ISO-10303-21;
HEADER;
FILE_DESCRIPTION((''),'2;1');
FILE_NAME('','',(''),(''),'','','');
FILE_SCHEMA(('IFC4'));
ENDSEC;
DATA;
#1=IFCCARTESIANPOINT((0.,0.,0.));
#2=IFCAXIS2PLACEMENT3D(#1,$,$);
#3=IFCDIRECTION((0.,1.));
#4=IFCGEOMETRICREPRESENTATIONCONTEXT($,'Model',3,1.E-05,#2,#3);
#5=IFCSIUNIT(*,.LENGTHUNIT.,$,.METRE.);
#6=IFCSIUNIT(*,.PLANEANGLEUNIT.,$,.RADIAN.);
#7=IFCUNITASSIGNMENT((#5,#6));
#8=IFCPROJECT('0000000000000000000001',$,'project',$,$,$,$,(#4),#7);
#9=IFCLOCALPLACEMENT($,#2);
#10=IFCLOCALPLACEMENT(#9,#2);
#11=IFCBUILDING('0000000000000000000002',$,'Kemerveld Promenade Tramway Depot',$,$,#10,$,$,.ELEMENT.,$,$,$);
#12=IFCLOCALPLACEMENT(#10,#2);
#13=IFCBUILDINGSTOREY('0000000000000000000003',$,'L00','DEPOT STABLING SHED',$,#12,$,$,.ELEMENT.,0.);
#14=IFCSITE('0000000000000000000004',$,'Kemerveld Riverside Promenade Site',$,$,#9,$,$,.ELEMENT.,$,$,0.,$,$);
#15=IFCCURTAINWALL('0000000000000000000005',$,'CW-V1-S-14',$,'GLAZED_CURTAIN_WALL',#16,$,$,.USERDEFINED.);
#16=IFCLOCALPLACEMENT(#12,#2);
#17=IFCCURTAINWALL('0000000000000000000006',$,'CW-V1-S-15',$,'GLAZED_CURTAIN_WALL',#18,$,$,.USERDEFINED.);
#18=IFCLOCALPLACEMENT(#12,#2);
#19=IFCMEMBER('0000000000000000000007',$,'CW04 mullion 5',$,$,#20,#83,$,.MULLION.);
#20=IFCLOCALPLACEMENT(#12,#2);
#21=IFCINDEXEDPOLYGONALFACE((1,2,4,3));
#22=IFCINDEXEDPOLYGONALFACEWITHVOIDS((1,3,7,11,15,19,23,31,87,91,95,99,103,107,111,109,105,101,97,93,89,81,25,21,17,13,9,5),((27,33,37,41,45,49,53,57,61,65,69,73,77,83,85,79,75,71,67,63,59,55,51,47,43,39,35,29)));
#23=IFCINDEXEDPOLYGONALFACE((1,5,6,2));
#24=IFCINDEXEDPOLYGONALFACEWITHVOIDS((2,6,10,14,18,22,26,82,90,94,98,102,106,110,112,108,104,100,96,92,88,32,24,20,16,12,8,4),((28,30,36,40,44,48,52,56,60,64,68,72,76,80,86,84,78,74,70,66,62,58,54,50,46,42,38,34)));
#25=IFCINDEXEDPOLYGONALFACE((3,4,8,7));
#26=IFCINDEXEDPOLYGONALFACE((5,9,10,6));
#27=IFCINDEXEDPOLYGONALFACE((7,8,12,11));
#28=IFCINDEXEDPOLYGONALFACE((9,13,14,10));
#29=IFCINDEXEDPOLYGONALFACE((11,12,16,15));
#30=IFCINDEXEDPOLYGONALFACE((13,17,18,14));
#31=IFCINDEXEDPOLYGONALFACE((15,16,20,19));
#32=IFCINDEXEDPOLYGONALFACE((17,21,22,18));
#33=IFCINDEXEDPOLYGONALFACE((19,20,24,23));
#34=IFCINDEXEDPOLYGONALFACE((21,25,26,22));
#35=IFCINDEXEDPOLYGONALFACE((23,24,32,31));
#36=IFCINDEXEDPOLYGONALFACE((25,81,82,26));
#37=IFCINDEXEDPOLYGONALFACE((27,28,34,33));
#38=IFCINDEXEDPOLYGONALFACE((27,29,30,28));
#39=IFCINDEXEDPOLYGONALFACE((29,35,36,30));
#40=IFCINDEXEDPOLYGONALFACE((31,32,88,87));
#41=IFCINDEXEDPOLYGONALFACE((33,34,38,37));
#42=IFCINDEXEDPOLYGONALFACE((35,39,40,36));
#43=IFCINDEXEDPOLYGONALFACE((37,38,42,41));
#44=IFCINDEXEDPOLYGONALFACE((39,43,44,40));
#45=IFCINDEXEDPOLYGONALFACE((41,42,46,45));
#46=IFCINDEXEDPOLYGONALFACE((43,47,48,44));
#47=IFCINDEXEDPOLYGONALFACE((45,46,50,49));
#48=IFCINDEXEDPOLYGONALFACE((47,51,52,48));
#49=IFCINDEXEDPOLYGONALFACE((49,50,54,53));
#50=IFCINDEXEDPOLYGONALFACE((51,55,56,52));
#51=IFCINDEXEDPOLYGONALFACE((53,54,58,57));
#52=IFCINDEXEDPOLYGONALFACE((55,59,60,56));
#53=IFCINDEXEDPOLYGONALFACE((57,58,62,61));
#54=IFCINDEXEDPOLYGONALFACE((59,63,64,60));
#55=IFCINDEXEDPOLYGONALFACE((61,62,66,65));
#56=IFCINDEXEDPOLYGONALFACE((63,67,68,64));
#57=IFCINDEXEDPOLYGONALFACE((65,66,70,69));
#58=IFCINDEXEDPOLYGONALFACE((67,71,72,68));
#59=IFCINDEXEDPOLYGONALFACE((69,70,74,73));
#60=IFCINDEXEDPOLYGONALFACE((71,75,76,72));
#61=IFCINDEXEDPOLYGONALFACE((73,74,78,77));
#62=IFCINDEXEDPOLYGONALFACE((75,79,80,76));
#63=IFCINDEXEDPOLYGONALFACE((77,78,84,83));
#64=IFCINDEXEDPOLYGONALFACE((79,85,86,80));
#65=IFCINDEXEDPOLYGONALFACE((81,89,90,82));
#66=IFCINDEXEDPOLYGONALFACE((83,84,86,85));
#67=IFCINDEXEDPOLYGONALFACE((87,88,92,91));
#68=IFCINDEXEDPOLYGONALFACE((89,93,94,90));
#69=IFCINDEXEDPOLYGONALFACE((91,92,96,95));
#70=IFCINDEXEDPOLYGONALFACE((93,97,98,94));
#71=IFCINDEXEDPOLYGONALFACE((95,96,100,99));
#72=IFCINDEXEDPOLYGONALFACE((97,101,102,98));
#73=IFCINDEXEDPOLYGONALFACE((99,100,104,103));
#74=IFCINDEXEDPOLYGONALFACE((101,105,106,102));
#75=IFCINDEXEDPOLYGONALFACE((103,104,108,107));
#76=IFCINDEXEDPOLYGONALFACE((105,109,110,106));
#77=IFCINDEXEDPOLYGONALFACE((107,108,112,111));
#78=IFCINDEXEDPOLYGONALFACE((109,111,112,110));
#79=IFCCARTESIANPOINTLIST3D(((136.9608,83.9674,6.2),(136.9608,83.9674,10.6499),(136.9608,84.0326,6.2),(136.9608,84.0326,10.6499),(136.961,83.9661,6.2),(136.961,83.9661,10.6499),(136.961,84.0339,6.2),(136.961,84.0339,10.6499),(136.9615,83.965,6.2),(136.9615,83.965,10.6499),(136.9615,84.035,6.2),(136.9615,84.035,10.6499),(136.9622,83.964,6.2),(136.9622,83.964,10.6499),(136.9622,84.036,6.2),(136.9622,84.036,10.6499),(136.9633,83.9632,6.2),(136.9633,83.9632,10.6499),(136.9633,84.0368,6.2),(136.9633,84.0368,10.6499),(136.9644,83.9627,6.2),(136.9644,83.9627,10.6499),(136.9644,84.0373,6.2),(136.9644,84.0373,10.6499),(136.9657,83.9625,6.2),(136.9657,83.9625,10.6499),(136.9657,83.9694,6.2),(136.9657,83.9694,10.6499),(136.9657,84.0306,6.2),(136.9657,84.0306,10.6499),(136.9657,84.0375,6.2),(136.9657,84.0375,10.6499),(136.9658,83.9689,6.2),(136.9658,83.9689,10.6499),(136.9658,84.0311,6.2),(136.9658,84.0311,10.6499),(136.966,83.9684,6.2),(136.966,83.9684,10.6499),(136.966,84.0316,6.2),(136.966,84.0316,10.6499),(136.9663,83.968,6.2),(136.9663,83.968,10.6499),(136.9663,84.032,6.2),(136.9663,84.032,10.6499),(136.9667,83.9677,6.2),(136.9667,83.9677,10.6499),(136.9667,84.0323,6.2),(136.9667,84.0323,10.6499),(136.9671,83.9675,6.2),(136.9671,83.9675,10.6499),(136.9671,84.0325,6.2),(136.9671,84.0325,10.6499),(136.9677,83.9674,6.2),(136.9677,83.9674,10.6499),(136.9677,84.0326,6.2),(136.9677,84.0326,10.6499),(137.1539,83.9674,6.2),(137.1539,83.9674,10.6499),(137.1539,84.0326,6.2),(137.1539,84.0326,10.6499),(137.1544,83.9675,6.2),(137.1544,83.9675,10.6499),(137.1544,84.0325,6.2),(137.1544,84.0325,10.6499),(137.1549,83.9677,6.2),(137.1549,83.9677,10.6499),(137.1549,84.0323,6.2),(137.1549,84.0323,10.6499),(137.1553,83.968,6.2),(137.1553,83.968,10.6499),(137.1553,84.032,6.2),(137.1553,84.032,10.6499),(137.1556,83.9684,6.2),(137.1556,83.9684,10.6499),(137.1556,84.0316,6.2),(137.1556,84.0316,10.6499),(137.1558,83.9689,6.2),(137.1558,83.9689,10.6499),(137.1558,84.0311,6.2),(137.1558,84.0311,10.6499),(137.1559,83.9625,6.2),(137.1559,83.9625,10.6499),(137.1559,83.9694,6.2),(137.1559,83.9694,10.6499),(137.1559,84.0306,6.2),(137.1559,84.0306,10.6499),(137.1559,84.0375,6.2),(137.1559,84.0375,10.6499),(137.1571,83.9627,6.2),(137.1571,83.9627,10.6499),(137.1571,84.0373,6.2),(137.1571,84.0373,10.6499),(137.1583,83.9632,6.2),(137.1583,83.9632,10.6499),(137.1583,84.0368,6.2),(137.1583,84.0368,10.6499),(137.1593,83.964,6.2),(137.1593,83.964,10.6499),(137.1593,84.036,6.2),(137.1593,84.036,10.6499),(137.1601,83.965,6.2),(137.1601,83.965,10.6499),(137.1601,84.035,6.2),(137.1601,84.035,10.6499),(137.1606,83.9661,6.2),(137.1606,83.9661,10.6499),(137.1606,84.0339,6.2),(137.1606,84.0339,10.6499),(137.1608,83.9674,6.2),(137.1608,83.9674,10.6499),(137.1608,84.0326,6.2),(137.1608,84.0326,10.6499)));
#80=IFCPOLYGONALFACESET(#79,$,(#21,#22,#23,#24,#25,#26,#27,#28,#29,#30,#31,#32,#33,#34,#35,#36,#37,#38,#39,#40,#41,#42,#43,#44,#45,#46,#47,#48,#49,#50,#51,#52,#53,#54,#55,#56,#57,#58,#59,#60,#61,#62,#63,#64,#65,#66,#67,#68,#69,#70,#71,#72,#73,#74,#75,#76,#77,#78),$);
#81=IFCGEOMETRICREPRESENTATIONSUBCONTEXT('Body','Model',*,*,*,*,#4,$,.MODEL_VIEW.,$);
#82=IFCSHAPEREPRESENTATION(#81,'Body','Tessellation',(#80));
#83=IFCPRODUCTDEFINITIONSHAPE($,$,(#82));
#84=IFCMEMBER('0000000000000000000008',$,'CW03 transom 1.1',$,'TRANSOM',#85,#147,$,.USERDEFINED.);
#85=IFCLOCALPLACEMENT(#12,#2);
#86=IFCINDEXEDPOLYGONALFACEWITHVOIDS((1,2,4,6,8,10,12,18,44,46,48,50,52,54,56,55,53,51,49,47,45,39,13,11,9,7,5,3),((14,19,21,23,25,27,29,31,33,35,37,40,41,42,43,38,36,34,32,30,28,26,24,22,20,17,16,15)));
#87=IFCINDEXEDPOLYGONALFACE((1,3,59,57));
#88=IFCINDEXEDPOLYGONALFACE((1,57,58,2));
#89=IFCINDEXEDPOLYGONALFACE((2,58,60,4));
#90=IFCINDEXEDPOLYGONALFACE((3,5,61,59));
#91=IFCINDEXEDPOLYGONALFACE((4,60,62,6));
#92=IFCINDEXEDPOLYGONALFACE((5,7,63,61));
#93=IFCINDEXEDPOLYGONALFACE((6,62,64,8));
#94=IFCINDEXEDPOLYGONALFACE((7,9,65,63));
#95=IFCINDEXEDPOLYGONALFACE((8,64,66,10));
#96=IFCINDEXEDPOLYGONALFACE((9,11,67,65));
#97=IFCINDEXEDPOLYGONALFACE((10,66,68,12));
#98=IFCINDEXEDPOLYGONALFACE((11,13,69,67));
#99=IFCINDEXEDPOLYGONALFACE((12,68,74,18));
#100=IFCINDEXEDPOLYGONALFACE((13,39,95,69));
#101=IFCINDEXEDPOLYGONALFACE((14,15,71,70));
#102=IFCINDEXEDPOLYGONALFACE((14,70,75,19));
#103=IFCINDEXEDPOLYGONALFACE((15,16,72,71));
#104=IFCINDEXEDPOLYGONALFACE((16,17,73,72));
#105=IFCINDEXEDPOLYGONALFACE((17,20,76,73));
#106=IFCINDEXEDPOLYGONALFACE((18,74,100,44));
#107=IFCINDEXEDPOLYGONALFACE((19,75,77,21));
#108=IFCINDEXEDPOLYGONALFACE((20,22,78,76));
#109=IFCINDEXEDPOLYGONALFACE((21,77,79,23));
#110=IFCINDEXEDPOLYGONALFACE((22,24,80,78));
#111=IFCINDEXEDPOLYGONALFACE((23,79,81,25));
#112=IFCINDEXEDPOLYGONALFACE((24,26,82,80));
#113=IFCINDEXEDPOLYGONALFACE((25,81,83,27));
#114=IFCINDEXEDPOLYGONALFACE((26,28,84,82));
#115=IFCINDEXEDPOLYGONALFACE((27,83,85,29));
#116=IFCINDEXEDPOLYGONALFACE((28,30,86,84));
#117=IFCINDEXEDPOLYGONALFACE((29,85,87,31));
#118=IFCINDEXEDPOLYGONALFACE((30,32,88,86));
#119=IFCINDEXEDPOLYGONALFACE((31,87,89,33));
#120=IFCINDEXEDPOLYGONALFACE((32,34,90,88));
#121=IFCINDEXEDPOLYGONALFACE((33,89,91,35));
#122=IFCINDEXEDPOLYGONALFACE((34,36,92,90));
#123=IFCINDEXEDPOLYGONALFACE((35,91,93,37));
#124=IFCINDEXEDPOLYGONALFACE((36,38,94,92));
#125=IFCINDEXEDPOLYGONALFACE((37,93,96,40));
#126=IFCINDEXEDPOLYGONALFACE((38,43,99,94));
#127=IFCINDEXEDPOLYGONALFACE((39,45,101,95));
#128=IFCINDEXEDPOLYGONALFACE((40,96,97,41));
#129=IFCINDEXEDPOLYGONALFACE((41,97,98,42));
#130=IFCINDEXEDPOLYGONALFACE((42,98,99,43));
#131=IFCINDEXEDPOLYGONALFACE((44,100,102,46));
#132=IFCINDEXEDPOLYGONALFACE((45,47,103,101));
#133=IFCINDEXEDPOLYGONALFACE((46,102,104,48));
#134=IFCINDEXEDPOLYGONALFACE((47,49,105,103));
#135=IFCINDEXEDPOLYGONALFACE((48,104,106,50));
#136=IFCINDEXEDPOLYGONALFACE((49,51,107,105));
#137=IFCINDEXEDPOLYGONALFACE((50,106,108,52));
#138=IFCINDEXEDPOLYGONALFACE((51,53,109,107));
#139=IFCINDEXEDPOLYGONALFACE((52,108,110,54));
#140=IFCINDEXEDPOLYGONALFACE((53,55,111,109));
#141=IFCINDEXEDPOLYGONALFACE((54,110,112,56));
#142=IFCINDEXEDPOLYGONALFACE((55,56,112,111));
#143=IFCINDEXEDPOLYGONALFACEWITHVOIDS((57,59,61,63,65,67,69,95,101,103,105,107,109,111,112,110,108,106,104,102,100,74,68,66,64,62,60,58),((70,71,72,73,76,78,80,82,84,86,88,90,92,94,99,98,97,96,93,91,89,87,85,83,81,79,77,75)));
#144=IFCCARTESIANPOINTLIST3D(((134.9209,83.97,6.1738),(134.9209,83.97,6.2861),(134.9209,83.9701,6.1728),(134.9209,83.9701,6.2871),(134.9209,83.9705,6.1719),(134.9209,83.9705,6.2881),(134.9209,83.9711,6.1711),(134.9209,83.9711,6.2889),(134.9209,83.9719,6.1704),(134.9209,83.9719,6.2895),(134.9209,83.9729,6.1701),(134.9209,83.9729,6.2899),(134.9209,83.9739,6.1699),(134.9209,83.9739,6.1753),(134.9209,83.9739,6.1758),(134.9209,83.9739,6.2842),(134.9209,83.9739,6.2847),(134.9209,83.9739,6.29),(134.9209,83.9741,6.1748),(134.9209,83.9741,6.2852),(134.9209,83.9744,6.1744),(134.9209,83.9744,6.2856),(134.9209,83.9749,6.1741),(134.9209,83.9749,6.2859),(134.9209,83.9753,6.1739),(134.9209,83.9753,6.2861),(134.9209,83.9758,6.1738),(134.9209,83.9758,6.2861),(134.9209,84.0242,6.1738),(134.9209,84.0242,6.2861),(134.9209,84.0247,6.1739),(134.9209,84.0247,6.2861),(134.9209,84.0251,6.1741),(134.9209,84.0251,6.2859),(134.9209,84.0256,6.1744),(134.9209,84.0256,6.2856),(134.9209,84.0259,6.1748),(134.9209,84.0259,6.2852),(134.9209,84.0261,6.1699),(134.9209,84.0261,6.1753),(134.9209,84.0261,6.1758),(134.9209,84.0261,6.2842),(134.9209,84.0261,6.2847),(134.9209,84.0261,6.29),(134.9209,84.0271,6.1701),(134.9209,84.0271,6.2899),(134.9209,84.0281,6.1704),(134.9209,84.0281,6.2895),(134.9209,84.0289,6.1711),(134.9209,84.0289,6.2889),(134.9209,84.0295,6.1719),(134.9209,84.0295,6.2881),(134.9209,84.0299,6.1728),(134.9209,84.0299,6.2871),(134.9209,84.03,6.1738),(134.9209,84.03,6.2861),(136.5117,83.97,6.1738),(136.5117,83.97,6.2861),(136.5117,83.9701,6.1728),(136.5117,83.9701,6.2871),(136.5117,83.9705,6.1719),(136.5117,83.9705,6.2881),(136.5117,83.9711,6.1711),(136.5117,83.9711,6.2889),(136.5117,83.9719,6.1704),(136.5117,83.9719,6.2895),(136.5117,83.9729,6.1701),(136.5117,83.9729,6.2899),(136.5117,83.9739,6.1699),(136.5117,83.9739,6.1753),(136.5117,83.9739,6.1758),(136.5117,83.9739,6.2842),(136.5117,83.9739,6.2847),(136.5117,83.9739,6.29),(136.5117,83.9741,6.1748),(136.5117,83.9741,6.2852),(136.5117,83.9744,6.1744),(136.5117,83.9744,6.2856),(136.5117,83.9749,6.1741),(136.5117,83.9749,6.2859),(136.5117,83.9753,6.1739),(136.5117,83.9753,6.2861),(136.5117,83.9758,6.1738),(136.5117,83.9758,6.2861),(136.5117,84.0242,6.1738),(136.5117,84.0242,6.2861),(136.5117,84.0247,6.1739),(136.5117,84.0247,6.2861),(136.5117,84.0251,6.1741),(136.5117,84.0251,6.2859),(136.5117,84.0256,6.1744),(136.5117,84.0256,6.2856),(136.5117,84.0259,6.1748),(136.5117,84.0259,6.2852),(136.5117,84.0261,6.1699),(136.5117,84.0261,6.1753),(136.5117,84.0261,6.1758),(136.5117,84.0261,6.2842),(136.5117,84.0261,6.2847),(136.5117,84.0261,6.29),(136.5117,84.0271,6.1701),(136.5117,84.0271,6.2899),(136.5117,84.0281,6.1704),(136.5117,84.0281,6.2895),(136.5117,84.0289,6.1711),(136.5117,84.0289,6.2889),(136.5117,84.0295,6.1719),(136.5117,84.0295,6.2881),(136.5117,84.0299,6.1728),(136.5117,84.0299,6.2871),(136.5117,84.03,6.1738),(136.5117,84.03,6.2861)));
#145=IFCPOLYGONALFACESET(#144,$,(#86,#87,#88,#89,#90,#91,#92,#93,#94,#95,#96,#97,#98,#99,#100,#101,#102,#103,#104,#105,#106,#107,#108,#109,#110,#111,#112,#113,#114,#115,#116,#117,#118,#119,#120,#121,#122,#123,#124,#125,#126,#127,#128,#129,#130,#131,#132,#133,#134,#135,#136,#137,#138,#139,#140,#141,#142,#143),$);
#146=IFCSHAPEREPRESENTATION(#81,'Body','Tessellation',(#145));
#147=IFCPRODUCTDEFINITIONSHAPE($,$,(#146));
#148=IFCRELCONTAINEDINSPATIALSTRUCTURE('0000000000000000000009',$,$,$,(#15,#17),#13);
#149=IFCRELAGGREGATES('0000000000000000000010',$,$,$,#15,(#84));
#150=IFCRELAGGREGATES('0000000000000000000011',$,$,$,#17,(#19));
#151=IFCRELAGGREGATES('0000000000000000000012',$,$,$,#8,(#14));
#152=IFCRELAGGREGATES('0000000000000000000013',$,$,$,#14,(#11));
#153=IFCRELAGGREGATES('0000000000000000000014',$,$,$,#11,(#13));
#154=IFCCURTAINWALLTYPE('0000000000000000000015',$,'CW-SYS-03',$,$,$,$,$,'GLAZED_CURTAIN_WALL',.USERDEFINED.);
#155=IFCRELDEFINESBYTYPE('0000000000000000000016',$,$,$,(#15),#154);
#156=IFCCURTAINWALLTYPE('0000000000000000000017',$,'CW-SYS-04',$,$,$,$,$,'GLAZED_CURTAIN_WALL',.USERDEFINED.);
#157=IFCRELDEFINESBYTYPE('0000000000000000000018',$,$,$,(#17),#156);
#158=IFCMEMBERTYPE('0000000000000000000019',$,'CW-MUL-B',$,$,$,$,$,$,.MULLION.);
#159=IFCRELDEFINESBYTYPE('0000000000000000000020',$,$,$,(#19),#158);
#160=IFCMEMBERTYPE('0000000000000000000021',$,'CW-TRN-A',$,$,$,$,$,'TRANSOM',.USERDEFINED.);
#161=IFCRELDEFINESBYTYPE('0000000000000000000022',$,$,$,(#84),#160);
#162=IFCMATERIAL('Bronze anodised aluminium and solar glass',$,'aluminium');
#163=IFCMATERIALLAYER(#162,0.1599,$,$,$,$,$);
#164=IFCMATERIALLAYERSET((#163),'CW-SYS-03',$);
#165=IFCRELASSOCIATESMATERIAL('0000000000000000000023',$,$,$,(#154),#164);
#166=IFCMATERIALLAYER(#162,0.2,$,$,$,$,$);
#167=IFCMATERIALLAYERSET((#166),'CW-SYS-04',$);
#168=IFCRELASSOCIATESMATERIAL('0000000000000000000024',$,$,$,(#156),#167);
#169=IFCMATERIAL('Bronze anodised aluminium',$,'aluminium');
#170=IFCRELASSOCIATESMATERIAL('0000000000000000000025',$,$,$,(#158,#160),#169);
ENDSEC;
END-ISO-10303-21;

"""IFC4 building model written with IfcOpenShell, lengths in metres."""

from ifc_helpers import new_model, si_unit, direction, frame, origin, origin_2d, place, context, subcontext, project, spatial, hollow_rectangle, extrude, material, layer, layer_set, material_profile, profile_set, type_object, element, aggregate, save


model = new_model("IFC4")

# Units and contexts
model_context = context("Model", 3, precision=1e-05, world=origin(), true_north=direction((0.0, 1.0)))
body_context = subcontext(model_context, "Body", "Model", "MODEL_VIEW")
ifc_project = project(units=[si_unit("LENGTHUNIT", "METRE"), si_unit("PLANEANGLEUNIT", "RADIAN")], contexts=[model_context])

# Site, building, storey
site_placement = place(None, origin())
site = spatial("IfcSite", under=ifc_project, at=site_placement, Name="Kemerveld Riverside Promenade Site", CompositionType="ELEMENT", RefElevation=0.0)
building_placement = place(site_placement, origin())
building = spatial("IfcBuilding", under=site, at=building_placement, Name="Kemerveld Promenade Tramway Depot", CompositionType="ELEMENT")
storey_placement = place(building_placement, origin())
storey = spatial("IfcBuildingStorey", under=building, at=storey_placement, Name="L00", Description="DEPOT STABLING SHED", CompositionType="ELEMENT", Elevation=0.0)

# Curtain walls, member
ifc_material_1 = material(Name="Bronze anodised aluminium and solar glass", Category="aluminium")
ifc_layer_1 = layer(ifc_material_1, 0.1599)
ifc_layer_set_1 = layer_set([ifc_layer_1], Name="CW-SYS-03")
curtain_wall_type_1 = type_object("IfcCurtainWallType", Name="CW-SYS-03", ElementType="GLAZED_CURTAIN_WALL", PredefinedType="USERDEFINED", material=ifc_layer_set_1)
curtain_wall_1_placement = place(storey_placement, origin())
curtain_wall_1 = element("IfcCurtainWall", 1, at=curtain_wall_1_placement, inside=storey, type_object=curtain_wall_type_1, Name="CW-V1-S-14", ObjectType="GLAZED_CURTAIN_WALL", PredefinedType="USERDEFINED")
ifc_material_2 = material(Name="Bronze anodised aluminium", Category="aluminium")
ifc_layer_2 = layer(ifc_material_1, 0.2)
ifc_layer_set_2 = layer_set([ifc_layer_2], Name="CW-SYS-04")
curtain_wall_type_2 = type_object("IfcCurtainWallType", Name="CW-SYS-04", ElementType="GLAZED_CURTAIN_WALL", PredefinedType="USERDEFINED", material=ifc_layer_set_2)
curtain_wall_2_placement = place(storey_placement, origin())
curtain_wall_2 = element("IfcCurtainWall", 2, at=curtain_wall_2_placement, inside=storey, type_object=curtain_wall_type_2, Name="CW-V1-S-15", ObjectType="GLAZED_CURTAIN_WALL", PredefinedType="USERDEFINED")
ifc_material_profile_1 = material_profile(ifc_material_2, hollow_rectangle(XDim=0.075, YDim=0.2, WallThickness=0.0049, InnerFilletRadius=0.002, OuterFilletRadius=0.0049, at=origin_2d()), Name="CW-MUL-200x75")
ifc_profile_set_1 = profile_set([ifc_material_profile_1], Name="Bronze anodised aluminium")
member_type_1 = type_object("IfcMemberType", Name="CW-MUL-B", PredefinedType="MULLION", material=ifc_profile_set_1)
member_1_placement = place(storey_placement, frame((137.0608, 84.0, 6.2), z_axis=(0.0, 0.0, 1.0), x_axis=(0.0, -1.0, 0.0)))
member_1 = element("IfcMember", 3, at=member_1_placement, type_object=member_type_1, Name="CW04 mullion 5", PredefinedType="MULLION", context=body_context, shape_type="SweptSolid", body=[
    extrude(hollow_rectangle(XDim=0.075, YDim=0.2, WallThickness=0.0049, InnerFilletRadius=0.002, OuterFilletRadius=0.0049, at=origin_2d()), origin(), (0.0, 0.0, 1.0), 4.45),
])

# Member
ifc_material_profile_2 = material_profile(ifc_material_2, hollow_rectangle(XDim=0.0601, YDim=0.1201, WallThickness=0.0039, InnerFilletRadius=0.002, OuterFilletRadius=0.0039, at=origin_2d()), Name="CW-TRN-120x60")
ifc_profile_set_2 = profile_set([ifc_material_profile_2], Name="Bronze anodised aluminium")
member_type_2 = type_object("IfcMemberType", Name="CW-TRN-A", ElementType="TRANSOM", PredefinedType="USERDEFINED", material=ifc_profile_set_2)
member_2_placement = place(storey_placement, frame((136.5117, 84.0, 6.23), z_axis=(-1.0, 0.0, 0.0), x_axis=(0.0, -1.0, 0.0)))
member_2 = element("IfcMember", 4, at=member_2_placement, type_object=member_type_2, Name="CW03 transom 1.1", ObjectType="TRANSOM", PredefinedType="USERDEFINED", context=body_context, shape_type="SweptSolid", body=[
    extrude(hollow_rectangle(XDim=0.0601, YDim=0.1201, WallThickness=0.0039, InnerFilletRadius=0.002, OuterFilletRadius=0.0039, at=origin_2d()), origin(), (0.0, 0.0, 1.0), 1.5908),
])

aggregate(curtain_wall_1, [member_2])
aggregate(curtain_wall_2, [member_1])

save(model, "model.ifc")
